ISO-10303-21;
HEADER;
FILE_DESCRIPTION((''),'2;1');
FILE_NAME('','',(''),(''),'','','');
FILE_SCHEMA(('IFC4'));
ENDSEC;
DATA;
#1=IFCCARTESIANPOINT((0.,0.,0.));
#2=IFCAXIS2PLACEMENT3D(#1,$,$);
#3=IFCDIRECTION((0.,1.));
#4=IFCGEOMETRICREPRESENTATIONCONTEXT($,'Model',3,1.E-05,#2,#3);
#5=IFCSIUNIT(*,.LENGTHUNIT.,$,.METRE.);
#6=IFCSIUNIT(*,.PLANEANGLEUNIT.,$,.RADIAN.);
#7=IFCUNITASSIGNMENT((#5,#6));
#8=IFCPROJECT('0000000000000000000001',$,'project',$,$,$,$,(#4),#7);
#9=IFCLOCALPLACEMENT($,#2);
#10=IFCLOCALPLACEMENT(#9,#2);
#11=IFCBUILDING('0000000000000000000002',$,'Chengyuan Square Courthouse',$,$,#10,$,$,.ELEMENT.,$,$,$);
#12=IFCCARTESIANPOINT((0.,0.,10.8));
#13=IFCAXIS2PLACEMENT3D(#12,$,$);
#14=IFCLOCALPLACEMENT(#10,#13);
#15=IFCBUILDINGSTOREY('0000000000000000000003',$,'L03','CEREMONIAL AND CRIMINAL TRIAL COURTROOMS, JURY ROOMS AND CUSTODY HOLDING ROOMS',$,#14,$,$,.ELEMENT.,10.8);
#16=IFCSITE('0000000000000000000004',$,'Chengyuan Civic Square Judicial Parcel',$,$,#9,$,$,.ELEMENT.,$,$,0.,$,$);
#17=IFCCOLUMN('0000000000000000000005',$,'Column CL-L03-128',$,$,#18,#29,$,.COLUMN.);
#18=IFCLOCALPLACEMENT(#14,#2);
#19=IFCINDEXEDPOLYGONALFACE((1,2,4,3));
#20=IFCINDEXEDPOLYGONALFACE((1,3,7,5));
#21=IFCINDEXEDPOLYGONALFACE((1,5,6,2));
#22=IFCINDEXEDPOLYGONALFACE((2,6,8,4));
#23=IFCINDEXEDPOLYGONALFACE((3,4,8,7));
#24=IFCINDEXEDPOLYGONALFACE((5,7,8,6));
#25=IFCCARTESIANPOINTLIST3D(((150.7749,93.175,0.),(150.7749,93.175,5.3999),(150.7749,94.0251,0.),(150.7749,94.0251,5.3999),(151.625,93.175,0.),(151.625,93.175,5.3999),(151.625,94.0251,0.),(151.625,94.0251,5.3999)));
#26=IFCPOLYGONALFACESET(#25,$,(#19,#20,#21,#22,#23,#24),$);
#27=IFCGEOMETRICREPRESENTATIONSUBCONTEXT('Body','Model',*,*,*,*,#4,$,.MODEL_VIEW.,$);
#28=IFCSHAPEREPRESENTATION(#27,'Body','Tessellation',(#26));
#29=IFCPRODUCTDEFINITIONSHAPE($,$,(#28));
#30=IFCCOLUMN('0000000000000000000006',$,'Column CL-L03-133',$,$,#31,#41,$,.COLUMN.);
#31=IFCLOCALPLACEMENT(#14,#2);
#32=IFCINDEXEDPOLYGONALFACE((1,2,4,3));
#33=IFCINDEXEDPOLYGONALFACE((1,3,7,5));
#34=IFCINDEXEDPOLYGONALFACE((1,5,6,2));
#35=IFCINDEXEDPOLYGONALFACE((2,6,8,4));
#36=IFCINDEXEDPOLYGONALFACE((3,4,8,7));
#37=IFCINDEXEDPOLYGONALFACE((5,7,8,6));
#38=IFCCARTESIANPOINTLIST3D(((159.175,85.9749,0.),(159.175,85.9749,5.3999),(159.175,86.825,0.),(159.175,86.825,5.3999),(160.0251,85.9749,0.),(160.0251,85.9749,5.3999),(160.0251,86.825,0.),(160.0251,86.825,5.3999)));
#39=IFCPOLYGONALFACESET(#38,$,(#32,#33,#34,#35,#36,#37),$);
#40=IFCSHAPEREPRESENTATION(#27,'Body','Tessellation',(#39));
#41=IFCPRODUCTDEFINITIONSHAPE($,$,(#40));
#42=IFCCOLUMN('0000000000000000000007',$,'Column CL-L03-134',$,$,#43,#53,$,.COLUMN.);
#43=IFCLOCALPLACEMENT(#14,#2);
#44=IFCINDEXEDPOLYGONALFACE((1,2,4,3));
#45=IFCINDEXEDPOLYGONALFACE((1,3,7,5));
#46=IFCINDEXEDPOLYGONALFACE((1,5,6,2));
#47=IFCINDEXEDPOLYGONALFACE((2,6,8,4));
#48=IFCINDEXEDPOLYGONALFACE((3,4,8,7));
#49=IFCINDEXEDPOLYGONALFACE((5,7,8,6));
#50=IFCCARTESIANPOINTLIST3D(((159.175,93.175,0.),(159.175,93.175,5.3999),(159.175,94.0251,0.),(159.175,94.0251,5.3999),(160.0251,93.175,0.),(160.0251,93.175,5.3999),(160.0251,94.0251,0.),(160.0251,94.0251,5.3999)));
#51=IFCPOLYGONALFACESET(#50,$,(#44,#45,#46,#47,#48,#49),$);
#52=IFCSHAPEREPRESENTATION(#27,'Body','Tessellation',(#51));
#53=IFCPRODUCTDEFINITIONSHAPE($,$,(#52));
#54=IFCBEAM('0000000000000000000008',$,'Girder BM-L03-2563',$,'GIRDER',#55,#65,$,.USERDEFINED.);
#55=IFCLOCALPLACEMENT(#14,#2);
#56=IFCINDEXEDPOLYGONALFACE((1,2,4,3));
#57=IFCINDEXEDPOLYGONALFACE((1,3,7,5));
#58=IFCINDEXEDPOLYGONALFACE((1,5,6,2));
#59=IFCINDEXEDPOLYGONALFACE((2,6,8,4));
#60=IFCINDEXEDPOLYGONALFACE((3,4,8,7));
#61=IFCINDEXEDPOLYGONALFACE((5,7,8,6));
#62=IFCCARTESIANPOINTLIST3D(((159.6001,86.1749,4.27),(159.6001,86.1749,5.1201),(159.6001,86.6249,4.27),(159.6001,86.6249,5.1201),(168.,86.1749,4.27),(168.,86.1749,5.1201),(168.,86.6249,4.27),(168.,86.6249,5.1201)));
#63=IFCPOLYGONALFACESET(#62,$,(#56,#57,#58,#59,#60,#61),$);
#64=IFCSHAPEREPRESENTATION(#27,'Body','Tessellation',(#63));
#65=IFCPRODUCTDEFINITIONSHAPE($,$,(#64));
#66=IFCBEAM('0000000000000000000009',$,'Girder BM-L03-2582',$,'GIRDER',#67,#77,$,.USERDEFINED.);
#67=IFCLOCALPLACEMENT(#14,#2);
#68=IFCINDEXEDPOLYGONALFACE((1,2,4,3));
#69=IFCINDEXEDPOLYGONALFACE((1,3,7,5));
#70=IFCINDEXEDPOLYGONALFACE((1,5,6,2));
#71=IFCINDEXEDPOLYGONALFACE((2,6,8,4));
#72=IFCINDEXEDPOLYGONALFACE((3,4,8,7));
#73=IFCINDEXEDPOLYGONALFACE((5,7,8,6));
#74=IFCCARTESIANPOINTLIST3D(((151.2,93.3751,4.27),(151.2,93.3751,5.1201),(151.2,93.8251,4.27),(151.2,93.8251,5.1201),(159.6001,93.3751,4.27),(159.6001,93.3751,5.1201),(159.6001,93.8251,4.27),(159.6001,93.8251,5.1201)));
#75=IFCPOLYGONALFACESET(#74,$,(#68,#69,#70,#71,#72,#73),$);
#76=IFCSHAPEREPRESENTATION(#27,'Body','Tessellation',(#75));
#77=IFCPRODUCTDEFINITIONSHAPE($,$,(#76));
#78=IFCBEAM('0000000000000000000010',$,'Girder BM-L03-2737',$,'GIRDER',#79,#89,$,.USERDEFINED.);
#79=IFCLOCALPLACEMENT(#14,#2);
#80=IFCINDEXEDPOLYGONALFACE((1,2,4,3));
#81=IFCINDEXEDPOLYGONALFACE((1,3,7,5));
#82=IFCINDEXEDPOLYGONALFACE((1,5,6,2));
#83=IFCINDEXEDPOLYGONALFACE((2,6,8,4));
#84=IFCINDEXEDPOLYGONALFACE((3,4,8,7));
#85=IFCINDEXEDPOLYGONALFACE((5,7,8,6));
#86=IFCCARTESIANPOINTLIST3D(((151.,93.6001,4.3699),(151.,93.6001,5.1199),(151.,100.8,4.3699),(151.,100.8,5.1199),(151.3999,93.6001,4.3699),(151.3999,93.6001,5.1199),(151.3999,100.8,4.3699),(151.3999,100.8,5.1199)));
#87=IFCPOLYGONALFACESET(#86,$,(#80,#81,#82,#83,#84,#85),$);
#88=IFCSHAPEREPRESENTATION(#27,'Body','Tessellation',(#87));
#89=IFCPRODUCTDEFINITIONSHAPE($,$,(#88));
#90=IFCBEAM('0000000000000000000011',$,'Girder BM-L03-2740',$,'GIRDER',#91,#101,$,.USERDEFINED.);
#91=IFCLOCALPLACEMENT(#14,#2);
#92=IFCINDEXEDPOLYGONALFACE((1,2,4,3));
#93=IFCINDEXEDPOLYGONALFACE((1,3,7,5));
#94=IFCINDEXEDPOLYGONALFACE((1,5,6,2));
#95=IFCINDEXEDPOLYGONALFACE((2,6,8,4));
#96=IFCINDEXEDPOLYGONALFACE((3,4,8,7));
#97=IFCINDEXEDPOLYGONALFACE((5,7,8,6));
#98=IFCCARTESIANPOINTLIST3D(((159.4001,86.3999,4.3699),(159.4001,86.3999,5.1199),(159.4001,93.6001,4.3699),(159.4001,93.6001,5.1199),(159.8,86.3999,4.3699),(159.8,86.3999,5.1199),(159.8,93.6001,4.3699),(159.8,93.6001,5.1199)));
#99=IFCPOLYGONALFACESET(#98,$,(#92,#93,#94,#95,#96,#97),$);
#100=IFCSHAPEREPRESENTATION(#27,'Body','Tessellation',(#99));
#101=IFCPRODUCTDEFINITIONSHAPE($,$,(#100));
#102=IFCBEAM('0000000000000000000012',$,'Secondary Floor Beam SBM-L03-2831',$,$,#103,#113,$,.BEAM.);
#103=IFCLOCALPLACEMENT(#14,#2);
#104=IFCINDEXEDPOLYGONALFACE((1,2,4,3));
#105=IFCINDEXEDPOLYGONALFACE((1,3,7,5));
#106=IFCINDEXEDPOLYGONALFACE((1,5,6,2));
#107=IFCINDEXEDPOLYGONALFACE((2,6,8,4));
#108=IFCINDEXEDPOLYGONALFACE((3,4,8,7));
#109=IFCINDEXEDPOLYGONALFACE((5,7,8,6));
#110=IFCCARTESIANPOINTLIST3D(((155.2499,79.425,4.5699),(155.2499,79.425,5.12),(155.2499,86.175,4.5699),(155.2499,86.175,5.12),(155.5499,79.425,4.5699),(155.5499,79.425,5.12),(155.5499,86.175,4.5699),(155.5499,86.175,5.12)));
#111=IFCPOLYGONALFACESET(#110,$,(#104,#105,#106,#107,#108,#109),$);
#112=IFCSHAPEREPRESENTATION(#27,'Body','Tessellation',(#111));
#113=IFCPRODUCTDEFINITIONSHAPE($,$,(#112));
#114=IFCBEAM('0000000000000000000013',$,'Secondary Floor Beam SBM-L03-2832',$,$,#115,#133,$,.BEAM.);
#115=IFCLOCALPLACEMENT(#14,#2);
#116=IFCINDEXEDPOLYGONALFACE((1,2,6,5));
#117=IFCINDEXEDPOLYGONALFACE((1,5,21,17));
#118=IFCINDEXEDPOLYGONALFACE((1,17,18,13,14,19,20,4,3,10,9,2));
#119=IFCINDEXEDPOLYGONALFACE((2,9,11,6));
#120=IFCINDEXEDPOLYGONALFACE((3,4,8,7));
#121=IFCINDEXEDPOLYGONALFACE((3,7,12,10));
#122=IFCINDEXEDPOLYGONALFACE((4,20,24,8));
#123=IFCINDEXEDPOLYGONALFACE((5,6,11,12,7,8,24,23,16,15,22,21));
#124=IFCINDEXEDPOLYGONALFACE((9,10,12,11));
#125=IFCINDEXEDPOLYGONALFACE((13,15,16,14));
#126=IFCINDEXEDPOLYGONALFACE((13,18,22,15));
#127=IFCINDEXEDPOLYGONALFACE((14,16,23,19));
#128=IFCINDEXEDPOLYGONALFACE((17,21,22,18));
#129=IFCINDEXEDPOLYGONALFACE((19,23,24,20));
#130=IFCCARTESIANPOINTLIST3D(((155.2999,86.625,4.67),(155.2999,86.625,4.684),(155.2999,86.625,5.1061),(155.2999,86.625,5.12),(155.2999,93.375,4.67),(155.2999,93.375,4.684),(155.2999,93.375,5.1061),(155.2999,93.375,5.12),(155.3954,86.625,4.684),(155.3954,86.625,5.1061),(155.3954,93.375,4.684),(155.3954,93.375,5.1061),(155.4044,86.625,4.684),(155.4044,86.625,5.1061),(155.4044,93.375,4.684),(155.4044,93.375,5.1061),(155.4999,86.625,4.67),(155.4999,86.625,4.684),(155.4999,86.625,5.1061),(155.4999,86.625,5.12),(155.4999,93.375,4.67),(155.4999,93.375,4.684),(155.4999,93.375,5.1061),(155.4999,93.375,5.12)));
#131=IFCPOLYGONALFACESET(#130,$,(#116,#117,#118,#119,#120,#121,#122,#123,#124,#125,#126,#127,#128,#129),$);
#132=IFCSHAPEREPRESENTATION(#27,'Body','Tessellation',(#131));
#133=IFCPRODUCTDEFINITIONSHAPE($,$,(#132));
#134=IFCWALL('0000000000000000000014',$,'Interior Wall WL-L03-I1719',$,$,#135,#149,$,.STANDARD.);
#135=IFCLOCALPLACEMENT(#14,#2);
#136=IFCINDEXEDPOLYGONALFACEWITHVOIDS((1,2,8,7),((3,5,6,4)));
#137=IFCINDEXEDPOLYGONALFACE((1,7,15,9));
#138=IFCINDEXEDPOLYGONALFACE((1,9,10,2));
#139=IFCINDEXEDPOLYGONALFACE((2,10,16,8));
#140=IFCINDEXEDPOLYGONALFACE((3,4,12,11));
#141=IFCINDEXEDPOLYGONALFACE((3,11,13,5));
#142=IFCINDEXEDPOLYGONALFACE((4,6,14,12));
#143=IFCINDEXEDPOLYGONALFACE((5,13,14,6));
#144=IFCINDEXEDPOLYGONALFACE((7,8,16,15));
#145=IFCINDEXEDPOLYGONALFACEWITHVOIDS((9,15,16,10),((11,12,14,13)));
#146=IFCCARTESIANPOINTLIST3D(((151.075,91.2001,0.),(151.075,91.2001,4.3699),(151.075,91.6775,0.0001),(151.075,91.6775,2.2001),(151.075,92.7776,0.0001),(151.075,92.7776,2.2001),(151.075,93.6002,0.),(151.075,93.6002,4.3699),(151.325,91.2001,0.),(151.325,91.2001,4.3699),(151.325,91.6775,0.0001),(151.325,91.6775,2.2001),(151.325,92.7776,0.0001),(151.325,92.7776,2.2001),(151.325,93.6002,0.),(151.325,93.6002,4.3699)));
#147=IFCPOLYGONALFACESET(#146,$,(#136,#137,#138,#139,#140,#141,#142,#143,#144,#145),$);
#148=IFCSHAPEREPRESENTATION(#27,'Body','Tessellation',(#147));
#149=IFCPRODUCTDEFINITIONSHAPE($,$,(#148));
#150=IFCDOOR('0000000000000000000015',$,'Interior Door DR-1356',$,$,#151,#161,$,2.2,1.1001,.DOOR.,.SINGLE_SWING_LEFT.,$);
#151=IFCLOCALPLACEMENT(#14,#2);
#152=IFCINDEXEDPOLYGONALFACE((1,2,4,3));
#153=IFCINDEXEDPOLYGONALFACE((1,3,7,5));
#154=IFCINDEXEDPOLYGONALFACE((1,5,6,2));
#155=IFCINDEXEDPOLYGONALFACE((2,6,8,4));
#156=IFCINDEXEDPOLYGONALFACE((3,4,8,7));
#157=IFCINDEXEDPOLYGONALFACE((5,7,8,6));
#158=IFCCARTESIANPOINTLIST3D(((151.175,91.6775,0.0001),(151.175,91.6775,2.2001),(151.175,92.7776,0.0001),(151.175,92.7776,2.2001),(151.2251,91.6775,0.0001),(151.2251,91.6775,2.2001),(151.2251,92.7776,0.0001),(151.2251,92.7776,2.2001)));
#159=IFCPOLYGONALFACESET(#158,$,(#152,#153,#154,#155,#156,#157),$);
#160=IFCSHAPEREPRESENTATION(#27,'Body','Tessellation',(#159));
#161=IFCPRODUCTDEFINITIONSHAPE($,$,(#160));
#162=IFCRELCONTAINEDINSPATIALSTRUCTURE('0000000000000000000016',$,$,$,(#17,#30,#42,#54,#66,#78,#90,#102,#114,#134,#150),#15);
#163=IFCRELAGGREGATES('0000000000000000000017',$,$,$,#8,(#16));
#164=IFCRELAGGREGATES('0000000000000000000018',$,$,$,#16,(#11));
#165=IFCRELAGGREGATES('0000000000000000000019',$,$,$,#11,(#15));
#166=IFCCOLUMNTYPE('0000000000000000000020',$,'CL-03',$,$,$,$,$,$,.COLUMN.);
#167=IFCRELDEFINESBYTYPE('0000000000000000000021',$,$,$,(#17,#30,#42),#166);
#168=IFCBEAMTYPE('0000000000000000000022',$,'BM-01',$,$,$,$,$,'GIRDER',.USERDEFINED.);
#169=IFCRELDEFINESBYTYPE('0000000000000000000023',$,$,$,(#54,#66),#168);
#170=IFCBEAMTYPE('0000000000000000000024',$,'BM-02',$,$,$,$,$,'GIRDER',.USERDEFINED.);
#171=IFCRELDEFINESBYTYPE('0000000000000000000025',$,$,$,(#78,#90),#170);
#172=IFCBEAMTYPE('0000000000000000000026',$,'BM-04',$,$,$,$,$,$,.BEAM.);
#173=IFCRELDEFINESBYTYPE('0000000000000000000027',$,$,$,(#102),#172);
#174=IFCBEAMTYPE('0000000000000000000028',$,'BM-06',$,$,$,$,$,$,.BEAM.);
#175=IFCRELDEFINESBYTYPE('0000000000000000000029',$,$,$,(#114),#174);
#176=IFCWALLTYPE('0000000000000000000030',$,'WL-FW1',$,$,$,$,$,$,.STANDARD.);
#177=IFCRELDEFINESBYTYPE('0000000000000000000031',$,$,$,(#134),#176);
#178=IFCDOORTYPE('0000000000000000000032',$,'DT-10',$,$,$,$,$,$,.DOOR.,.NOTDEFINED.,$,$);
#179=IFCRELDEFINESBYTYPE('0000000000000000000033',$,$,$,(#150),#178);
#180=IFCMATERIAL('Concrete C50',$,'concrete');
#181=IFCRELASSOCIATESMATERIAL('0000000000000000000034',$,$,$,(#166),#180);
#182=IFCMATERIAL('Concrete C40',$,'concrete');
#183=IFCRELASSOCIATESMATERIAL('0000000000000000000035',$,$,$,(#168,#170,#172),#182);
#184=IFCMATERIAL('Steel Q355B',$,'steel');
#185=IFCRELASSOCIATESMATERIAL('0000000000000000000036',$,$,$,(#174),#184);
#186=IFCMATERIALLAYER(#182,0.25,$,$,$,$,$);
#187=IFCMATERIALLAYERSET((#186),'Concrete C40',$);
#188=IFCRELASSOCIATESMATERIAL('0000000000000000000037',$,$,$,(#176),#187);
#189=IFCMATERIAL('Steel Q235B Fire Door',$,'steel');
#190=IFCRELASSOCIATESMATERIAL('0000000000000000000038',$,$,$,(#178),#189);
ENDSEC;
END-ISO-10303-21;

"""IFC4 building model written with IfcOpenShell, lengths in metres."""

from ifc_helpers import new_model, si_unit, direction, frame, frame_2d, origin, origin_2d, place, context, subcontext, project, spatial, rectangle, i_section, extrude, material, layer, layer_set, material_profile, profile_set, type_object, element, fill, save


model = new_model("IFC4")

# Units and contexts
model_context = context("Model", 3, precision=1e-05, world=origin(), true_north=direction((0.0, 1.0)))
body_context = subcontext(model_context, "Body", "Model", "MODEL_VIEW")
ifc_project = project(units=[si_unit("LENGTHUNIT", "METRE"), si_unit("PLANEANGLEUNIT", "RADIAN")], contexts=[model_context])

# Site, building, storey
site_placement = place(None, origin())
site = spatial("IfcSite", under=ifc_project, at=site_placement, Name="Chengyuan Civic Square Judicial Parcel", CompositionType="ELEMENT", RefElevation=0.0)
building_placement = place(site_placement, origin())
building = spatial("IfcBuilding", under=site, at=building_placement, Name="Chengyuan Square Courthouse", CompositionType="ELEMENT")
storey_placement = place(building_placement, frame((0.0, 0.0, 10.8)))
storey = spatial("IfcBuildingStorey", under=building, at=storey_placement, Name="L03", Description="CEREMONIAL AND CRIMINAL TRIAL COURTROOMS, JURY ROOMS AND CUSTODY HOLDING ROOMS", CompositionType="ELEMENT", Elevation=10.8)

# Columns
ifc_material_1 = material(Name="Concrete C50", Category="concrete")
ifc_material_profile_1 = material_profile(ifc_material_1, rectangle(XDim=0.8501, YDim=0.8501, at=origin_2d()), Name="RC-COL-850x850")
ifc_profile_set_1 = profile_set([ifc_material_profile_1], Name="Concrete C50")
column_type = type_object("IfcColumnType", Name="CL-03", PredefinedType="COLUMN", material=ifc_profile_set_1)
for number, where, z_axis, x_axis, name in (
    (1, (151.2, 93.6001, 0.0), (0.0, 0.0, 1.0), (1.0, 0.0, 0.0), "Column CL-L03-128"),
    (2, (159.6001, 86.3999, 0.0), (0.0, 0.0, 1.0), (1.0, 0.0, 0.0), "Column CL-L03-133"),
    (3, (159.6001, 93.6001, 0.0), (0.0, 0.0, 1.0), (1.0, 0.0, 0.0), "Column CL-L03-134"),
):
    element("IfcColumn", number, at=place(storey_placement, frame(where, z_axis=z_axis, x_axis=x_axis)), inside=storey, type_object=column_type, Name=name, PredefinedType="COLUMN", context=body_context, shape_type="SweptSolid", body=[
        extrude(rectangle(XDim=0.8501, YDim=0.8501, at=origin_2d()), origin(), (0.0, 0.0, 1.0), 5.3999),
    ])

# Beams
ifc_material_2 = material(Name="Concrete C40", Category="concrete")
ifc_material_profile_2 = material_profile(ifc_material_2, rectangle(XDim=0.45, YDim=0.8501, at=origin_2d()), Name="RC-BM-450x850")
ifc_profile_set_2 = profile_set([ifc_material_profile_2], Name="Concrete C40")
beam_type_1 = type_object("IfcBeamType", Name="BM-01", ElementType="GIRDER", PredefinedType="USERDEFINED", material=ifc_profile_set_2)
beam_1_placement = place(storey_placement, frame((159.6001, 86.3999, 4.6951), z_axis=(1.0, 0.0, 0.0), x_axis=(0.0, 1.0, 0.0)))
element("IfcBeam", 4, at=beam_1_placement, inside=storey, type_object=beam_type_1, Name="Girder BM-L03-2563", ObjectType="GIRDER", PredefinedType="USERDEFINED", context=body_context, shape_type="SweptSolid", body=[
    extrude(rectangle(XDim=0.45, YDim=0.8501, at=origin_2d()), origin(), (0.0, 0.0, 1.0), 8.3999),
])
beam_2_placement = place(storey_placement, frame((151.2, 93.6001, 4.6951), z_axis=(1.0, 0.0, 0.0), x_axis=(0.0, 1.0, 0.0)))
element("IfcBeam", 5, at=beam_2_placement, inside=storey, type_object=beam_type_1, Name="Girder BM-L03-2582", ObjectType="GIRDER", PredefinedType="USERDEFINED", context=body_context, shape_type="SweptSolid", body=[
    extrude(rectangle(XDim=0.45, YDim=0.8501, at=origin_2d()), origin(), (0.0, 0.0, 1.0), 8.4001),
])
ifc_material_profile_3 = material_profile(ifc_material_2, rectangle(XDim=0.3999, YDim=0.75, at=origin_2d()), Name="RC-BM-400x750")
ifc_profile_set_3 = profile_set([ifc_material_profile_3], Name="Concrete C40")
beam_type_2 = type_object("IfcBeamType", Name="BM-02", ElementType="GIRDER", PredefinedType="USERDEFINED", material=ifc_profile_set_3)
beam_3_placement = place(storey_placement, frame((151.2, 93.6001, 4.7449), z_axis=(0.0, 1.0, 0.0), x_axis=(-1.0, 0.0, 0.0)))
element("IfcBeam", 6, at=beam_3_placement, inside=storey, type_object=beam_type_2, Name="Girder BM-L03-2737", ObjectType="GIRDER", PredefinedType="USERDEFINED", context=body_context, shape_type="SweptSolid", body=[
    extrude(rectangle(XDim=0.3999, YDim=0.75, at=origin_2d()), origin(), (0.0, 0.0, 1.0), 7.2),
])
beam_4_placement = place(storey_placement, frame((159.6001, 86.3999, 4.7449), z_axis=(0.0, 1.0, 0.0), x_axis=(-1.0, 0.0, 0.0)))
element("IfcBeam", 7, at=beam_4_placement, inside=storey, type_object=beam_type_2, Name="Girder BM-L03-2740", ObjectType="GIRDER", PredefinedType="USERDEFINED", context=body_context, shape_type="SweptSolid", body=[
    extrude(rectangle(XDim=0.3999, YDim=0.75, at=origin_2d()), origin(), (0.0, 0.0, 1.0), 7.2002),
])
ifc_material_profile_4 = material_profile(ifc_material_2, rectangle(XDim=0.3, YDim=0.55, at=origin_2d()), Name="RC-BM-300x550")
ifc_profile_set_4 = profile_set([ifc_material_profile_4], Name="Concrete C40")
beam_type_3 = type_object("IfcBeamType", Name="BM-04", PredefinedType="BEAM", material=ifc_profile_set_4)
beam_5_placement = place(storey_placement, frame((155.3999, 79.425, 4.845), z_axis=(0.0, 1.0, 0.0), x_axis=(-1.0, 0.0, 0.0)))
element("IfcBeam", 8, at=beam_5_placement, inside=storey, type_object=beam_type_3, Name="Secondary Floor Beam SBM-L03-2831", PredefinedType="BEAM", context=body_context, shape_type="SweptSolid", body=[
    extrude(rectangle(XDim=0.3, YDim=0.55, at=origin_2d()), origin(), (0.0, 0.0, 1.0), 6.75),
])
ifc_material_3 = material(Name="Steel Q355B", Category="steel")
ifc_material_profile_5 = material_profile(ifc_material_3, i_section(OverallWidth=0.2, OverallDepth=0.45, WebThickness=0.009, FlangeThickness=0.0139, at=origin_2d()), Name="HN 450x200x9x14")
ifc_profile_set_5 = profile_set([ifc_material_profile_5], Name="Steel Q355B")
beam_type_4 = type_object("IfcBeamType", Name="BM-06", PredefinedType="BEAM", material=ifc_profile_set_5)
beam_6_placement = place(storey_placement, frame((155.3999, 86.625, 4.895), z_axis=(0.0, 1.0, 0.0), x_axis=(-1.0, 0.0, 0.0)))
element("IfcBeam", 9, at=beam_6_placement, inside=storey, type_object=beam_type_4, Name="Secondary Floor Beam SBM-L03-2832", PredefinedType="BEAM", context=body_context, shape_type="SweptSolid", body=[
    extrude(i_section(OverallWidth=0.2, OverallDepth=0.45, WebThickness=0.009, FlangeThickness=0.0139, at=origin_2d()), origin(), (0.0, 0.0, 1.0), 6.75),
])

# Wall, opening, door
ifc_layer_1 = layer(ifc_material_2, 0.25)
ifc_layer_set_1 = layer_set([ifc_layer_1], Name="Concrete C40")
wall_type_1 = type_object("IfcWallType", Name="WL-FW1", PredefinedType="STANDARD", material=ifc_layer_set_1)
wall_1_placement = place(storey_placement, frame((151.2, 91.2, 0.0), z_axis=(0.0, 0.0, 1.0), x_axis=(0.0, 1.0, 0.0)))
wall_1 = element("IfcWall", 10, at=wall_1_placement, inside=storey, type_object=wall_type_1, Name="Interior Wall WL-L03-I1719", PredefinedType="STANDARD", context=body_context, shape_type="SweptSolid", body=[
    extrude(rectangle(XDim=2.4001, YDim=0.25, at=frame_2d((1.2002, 0.0))), origin(), (0.0, 0.0, 1.0), 4.3699),
])
opening_1_placement = place(wall_1_placement, frame((0.4775, 0.0, 0.0)))
opening_1 = element("IfcOpeningElement", 11, at=opening_1_placement, cuts=wall_1, PredefinedType="OPENING", context=body_context, shape_type="SweptSolid", body=[
    extrude(rectangle(XDim=1.1001, YDim=2.2, at=frame_2d((0.55, 1.1001))), frame((0.0, 0.137, 0.0), z_axis=(0.0, -1.0, 0.0), x_axis=(1.0, 0.0, 0.0)), (0.0, 0.0, 1.0), 0.2739),
])
ifc_material_4 = material(Name="Steel Q235B Fire Door", Category="steel")
door_type_1 = type_object("IfcDoorType", Name="DT-10", OperationType="NOTDEFINED", PredefinedType="DOOR", material=ifc_material_4)
door_1_placement = place(opening_1_placement, origin())
door_1 = element("IfcDoor", 12, at=door_1_placement, inside=storey, type_object=door_type_1, Name="Interior Door DR-1356", OperationType="SINGLE_SWING_LEFT", OverallHeight=2.2, OverallWidth=1.1001, PredefinedType="DOOR", context=body_context, shape_type="SweptSolid", body=[
    extrude(rectangle(XDim=1.1001, YDim=2.2, at=frame_2d((0.55, 1.1001))), frame((0.0, 0.0249, 0.0), z_axis=(0.0, -1.0, 0.0), x_axis=(1.0, 0.0, 0.0)), (0.0, 0.0, 1.0), 0.05),
])
fill(opening_1, door_1)

save(model, "model.ifc")
